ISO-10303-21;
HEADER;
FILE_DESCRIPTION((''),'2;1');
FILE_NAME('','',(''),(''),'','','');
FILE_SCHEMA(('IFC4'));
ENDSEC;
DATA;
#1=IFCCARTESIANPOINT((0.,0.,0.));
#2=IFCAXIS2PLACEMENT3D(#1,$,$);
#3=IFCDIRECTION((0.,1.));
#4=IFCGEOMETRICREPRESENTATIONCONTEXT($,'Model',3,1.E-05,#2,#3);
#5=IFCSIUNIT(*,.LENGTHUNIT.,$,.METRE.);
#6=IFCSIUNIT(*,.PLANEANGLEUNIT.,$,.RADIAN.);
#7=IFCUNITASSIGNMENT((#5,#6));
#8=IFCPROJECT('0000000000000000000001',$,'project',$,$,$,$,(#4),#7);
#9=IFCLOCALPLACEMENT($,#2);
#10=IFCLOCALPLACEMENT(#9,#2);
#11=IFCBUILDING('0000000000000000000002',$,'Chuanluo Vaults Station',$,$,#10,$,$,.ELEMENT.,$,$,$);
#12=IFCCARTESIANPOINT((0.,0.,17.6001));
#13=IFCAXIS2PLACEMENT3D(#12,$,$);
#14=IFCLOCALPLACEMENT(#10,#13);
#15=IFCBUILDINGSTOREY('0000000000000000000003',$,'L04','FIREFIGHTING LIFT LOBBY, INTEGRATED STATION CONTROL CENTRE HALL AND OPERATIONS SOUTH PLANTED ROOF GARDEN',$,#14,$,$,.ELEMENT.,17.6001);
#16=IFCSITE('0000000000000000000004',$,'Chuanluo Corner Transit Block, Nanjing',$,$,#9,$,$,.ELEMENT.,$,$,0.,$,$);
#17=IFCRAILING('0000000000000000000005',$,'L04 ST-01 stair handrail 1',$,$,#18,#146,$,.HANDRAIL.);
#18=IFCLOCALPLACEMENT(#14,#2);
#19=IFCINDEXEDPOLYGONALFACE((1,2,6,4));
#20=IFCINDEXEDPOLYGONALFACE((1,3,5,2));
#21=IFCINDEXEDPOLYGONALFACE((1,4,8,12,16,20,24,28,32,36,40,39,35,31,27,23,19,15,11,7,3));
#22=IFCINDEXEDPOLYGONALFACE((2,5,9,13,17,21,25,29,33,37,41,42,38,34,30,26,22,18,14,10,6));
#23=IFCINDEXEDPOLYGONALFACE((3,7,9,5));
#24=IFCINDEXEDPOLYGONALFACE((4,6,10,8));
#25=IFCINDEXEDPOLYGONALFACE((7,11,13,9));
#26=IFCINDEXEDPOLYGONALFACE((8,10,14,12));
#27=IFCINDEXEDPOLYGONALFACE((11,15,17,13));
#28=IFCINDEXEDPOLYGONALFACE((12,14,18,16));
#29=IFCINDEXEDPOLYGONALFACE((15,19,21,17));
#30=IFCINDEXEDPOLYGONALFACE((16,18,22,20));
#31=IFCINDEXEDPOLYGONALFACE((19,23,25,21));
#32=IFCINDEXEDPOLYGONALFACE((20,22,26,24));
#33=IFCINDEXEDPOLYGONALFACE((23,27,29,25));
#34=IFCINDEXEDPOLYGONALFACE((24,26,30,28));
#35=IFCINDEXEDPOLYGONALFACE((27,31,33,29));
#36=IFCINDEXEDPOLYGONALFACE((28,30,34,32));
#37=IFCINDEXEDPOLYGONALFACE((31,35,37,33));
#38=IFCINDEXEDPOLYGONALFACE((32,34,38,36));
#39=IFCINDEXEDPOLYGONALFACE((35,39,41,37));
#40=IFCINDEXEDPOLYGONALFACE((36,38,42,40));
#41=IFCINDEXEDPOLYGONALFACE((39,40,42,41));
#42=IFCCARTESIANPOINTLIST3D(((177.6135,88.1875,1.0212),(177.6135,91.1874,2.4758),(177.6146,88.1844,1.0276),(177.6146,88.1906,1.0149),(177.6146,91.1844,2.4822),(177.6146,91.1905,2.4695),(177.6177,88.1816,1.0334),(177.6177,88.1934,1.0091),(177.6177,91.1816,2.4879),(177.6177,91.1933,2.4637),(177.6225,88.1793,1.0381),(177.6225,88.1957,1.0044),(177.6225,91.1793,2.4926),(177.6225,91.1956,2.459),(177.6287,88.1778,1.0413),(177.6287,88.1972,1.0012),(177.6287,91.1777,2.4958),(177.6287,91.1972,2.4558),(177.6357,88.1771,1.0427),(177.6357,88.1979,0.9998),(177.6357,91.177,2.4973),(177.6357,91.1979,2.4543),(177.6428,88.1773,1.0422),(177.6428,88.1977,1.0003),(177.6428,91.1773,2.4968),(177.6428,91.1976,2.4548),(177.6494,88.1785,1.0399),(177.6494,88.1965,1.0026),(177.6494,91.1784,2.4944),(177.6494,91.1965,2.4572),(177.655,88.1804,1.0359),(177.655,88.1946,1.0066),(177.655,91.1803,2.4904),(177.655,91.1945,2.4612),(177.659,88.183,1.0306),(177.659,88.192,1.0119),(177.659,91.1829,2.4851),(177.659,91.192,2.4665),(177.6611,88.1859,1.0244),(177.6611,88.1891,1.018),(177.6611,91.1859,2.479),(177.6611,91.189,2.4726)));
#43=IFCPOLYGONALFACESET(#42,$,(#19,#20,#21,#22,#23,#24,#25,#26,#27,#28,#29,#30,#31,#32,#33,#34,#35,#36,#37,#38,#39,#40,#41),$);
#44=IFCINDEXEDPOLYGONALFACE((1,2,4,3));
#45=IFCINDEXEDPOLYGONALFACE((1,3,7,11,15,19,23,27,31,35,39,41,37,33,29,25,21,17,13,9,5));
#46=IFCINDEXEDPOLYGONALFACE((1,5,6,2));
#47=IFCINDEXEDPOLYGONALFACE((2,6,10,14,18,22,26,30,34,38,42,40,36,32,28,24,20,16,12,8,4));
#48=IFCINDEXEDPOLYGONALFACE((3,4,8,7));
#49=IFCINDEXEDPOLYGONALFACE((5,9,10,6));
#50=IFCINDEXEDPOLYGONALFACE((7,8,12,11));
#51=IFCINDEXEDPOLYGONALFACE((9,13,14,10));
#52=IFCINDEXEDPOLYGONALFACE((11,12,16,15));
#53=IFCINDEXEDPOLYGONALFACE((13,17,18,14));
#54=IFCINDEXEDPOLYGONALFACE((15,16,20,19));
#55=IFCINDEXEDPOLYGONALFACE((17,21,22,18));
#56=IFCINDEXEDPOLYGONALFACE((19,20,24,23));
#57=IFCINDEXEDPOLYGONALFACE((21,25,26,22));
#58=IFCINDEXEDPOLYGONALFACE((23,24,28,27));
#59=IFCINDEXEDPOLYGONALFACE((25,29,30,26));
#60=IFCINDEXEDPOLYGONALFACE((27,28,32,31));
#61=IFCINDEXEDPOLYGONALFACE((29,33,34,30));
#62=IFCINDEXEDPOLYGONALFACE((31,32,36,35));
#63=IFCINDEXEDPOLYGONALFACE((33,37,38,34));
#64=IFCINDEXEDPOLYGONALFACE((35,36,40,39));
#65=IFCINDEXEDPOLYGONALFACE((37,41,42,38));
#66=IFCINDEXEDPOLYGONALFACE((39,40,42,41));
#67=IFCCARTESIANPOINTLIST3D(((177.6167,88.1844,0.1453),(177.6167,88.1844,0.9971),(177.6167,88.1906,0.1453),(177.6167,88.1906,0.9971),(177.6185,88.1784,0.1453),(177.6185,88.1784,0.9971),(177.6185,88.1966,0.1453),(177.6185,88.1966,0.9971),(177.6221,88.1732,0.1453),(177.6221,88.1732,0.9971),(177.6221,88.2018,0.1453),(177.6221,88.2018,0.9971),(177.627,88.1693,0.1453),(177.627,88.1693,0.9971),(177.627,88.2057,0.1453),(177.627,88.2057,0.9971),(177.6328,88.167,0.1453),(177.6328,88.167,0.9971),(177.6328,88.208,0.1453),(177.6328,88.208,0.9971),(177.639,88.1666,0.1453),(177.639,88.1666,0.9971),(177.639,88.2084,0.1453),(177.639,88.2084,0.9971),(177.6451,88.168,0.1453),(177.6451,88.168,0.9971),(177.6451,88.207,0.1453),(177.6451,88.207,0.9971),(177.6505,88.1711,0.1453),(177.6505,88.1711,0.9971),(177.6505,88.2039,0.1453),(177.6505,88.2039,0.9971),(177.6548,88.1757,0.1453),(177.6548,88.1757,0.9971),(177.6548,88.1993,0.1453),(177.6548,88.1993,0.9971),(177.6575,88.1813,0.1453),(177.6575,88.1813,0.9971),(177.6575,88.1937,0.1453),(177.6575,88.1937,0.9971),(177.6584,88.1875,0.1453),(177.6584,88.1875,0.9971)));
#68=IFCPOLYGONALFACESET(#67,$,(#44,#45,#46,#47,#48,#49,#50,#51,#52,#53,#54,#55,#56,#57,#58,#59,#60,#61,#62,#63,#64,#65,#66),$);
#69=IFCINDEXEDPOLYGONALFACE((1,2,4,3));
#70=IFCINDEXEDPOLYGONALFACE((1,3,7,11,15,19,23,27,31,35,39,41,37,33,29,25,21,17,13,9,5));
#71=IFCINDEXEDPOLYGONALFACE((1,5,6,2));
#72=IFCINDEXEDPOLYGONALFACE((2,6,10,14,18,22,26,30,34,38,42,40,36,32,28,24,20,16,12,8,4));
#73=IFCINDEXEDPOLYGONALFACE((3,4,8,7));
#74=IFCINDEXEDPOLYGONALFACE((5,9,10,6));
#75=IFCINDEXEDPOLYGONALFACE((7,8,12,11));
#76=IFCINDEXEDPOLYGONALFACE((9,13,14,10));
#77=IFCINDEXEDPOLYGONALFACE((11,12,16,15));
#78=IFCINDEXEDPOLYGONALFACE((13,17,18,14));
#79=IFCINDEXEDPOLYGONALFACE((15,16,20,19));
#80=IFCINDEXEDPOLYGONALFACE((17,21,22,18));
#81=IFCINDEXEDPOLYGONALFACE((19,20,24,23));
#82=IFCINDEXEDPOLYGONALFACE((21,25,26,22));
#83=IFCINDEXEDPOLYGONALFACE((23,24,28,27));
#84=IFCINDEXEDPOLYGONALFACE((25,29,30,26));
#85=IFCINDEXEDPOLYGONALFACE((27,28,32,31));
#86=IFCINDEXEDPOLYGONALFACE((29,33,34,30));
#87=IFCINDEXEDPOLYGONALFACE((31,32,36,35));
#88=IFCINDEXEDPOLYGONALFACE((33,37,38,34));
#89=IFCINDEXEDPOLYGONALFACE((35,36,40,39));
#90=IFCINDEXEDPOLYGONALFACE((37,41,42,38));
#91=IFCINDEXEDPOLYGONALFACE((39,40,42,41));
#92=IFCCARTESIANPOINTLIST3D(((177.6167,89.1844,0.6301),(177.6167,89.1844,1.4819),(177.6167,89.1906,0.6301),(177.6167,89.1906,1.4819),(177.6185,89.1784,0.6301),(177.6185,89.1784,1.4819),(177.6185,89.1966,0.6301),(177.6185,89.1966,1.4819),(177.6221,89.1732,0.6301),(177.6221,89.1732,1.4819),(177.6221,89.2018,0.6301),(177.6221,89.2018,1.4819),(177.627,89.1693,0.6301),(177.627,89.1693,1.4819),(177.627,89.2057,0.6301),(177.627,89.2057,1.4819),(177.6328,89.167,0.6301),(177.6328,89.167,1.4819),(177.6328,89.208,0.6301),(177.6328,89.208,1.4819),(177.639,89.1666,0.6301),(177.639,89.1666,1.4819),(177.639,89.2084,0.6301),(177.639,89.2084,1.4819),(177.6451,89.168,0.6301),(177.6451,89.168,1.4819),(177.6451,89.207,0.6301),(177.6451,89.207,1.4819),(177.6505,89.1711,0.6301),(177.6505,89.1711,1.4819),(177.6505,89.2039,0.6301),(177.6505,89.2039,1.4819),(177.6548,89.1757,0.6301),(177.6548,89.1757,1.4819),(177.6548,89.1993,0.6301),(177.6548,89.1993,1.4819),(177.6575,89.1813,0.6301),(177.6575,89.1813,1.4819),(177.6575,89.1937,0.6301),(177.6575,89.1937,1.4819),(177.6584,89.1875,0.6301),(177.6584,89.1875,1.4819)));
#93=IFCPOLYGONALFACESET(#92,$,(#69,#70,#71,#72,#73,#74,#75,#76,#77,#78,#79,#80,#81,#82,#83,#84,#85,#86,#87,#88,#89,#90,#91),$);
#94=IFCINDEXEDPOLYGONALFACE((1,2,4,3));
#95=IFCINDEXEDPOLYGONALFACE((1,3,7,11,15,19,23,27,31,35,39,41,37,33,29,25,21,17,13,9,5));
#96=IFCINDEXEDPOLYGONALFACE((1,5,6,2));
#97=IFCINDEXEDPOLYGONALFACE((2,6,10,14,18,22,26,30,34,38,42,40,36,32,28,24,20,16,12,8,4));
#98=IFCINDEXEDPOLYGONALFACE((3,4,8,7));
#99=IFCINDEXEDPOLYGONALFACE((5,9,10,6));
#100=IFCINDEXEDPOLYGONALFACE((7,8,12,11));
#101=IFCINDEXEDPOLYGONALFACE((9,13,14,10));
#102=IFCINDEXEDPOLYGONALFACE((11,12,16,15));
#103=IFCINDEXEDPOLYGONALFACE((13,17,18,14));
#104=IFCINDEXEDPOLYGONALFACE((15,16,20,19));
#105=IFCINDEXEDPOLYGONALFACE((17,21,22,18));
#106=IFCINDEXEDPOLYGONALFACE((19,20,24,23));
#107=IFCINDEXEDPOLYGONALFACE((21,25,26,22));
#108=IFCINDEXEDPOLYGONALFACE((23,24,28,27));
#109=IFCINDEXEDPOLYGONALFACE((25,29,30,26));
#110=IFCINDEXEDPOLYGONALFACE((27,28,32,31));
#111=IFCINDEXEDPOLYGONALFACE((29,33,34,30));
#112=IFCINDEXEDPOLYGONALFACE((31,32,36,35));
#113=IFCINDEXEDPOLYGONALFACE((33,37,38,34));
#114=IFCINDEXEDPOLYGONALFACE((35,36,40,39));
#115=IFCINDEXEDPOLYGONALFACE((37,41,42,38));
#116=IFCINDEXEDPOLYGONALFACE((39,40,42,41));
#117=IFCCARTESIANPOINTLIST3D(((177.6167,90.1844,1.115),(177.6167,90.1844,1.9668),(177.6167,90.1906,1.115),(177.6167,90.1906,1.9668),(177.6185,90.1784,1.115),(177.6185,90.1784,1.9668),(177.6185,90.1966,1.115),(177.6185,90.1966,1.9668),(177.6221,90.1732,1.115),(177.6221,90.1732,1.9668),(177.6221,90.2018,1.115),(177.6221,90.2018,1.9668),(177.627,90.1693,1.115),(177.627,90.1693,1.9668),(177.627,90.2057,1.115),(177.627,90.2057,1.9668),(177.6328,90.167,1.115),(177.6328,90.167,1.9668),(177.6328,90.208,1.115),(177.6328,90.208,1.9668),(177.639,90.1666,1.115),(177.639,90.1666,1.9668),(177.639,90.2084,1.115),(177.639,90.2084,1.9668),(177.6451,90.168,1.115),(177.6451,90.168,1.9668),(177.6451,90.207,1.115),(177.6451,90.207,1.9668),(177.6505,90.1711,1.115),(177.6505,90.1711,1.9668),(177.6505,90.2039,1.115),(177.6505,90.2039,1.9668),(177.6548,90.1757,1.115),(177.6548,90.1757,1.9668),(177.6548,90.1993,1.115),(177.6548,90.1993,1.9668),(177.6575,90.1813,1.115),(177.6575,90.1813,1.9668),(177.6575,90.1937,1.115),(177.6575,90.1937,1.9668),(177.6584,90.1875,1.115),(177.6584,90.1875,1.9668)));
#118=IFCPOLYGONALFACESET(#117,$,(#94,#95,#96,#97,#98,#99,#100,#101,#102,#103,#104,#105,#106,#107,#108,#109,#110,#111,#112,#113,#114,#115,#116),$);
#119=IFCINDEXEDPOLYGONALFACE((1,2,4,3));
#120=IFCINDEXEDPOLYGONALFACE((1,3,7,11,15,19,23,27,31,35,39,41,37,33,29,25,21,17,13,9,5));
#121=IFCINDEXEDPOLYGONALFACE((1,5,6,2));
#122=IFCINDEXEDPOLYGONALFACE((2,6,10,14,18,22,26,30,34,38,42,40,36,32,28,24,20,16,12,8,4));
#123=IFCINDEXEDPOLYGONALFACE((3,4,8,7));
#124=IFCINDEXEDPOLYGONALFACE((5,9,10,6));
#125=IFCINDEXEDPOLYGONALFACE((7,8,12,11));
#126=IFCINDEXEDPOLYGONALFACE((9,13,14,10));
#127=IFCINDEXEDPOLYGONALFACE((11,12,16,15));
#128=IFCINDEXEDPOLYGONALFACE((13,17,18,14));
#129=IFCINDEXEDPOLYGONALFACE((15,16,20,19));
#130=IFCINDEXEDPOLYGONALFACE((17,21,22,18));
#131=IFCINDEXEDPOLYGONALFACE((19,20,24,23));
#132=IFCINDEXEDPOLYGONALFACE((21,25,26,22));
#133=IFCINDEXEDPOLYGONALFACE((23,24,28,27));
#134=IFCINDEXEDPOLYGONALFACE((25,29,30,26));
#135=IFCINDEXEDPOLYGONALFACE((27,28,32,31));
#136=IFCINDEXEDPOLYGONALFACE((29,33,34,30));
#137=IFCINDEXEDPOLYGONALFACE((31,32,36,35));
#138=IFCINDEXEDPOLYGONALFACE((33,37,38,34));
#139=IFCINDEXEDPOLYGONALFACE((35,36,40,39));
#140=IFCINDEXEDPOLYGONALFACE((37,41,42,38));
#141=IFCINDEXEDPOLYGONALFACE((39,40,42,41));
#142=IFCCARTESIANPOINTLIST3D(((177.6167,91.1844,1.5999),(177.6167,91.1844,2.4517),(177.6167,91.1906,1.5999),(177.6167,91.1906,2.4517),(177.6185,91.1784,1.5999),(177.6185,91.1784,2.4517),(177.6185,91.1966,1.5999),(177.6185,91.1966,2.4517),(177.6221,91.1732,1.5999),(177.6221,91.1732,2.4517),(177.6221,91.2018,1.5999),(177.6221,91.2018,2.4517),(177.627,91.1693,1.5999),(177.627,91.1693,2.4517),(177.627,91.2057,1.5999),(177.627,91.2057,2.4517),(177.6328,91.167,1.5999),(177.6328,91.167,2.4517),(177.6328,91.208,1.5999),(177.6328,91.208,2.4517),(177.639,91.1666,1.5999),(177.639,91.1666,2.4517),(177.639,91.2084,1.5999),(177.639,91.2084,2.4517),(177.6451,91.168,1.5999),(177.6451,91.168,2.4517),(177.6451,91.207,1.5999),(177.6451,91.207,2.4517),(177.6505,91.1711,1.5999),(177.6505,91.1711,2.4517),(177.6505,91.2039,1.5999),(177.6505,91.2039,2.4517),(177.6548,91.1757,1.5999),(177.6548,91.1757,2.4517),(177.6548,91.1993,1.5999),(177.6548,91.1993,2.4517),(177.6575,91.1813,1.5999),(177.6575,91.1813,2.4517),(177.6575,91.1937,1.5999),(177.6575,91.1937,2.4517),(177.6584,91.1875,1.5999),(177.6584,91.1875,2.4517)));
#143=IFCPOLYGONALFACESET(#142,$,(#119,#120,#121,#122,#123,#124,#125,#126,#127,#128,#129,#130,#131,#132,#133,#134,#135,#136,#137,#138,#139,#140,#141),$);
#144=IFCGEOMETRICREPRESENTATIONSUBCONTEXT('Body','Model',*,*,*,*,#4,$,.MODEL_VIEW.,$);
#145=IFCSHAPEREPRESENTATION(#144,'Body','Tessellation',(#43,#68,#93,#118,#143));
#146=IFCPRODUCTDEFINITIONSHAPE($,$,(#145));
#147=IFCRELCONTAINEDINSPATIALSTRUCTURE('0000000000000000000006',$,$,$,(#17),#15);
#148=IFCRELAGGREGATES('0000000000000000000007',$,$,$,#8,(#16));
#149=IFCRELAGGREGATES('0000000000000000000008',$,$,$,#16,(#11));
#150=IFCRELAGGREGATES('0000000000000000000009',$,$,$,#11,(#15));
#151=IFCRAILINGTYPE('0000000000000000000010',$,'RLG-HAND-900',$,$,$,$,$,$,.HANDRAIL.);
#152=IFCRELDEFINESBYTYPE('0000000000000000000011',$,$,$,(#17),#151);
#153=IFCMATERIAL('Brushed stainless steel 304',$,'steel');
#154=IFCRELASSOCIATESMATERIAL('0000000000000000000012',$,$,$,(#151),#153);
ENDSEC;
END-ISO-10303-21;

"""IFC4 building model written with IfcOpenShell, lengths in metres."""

from ifc_helpers import new_model, si_unit, direction, frame, origin, origin_2d, place, context, subcontext, project, spatial, circle, extrude, material, type_object, element, save


model = new_model("IFC4")

# Units and contexts
model_context = context("Model", 3, precision=1e-05, world=origin(), true_north=direction((0.0, 1.0)))
body_context = subcontext(model_context, "Body", "Model", "MODEL_VIEW")
ifc_project = project(units=[si_unit("LENGTHUNIT", "METRE"), si_unit("PLANEANGLEUNIT", "RADIAN")], contexts=[model_context])

# Site, building, storey
site_placement = place(None, origin())
site = spatial("IfcSite", under=ifc_project, at=site_placement, Name="Chuanluo Corner Transit Block, Nanjing", CompositionType="ELEMENT", RefElevation=0.0)
building_placement = place(site_placement, origin())
building = spatial("IfcBuilding", under=site, at=building_placement, Name="Chuanluo Vaults Station", CompositionType="ELEMENT")
storey_placement = place(building_placement, frame((0.0, 0.0, 17.6001)))
storey = spatial("IfcBuildingStorey", under=building, at=storey_placement, Name="L04", Description="FIREFIGHTING LIFT LOBBY, INTEGRATED STATION CONTROL CENTRE HALL AND OPERATIONS SOUTH PLANTED ROOF GARDEN", CompositionType="ELEMENT", Elevation=17.6001)

# Railing
ifc_material_1 = material(Name="Brushed stainless steel 304", Category="steel")
railing_type_1 = type_object("IfcRailingType", Name="RLG-HAND-900", PredefinedType="HANDRAIL", material=ifc_material_1)
railing_1_placement = place(storey_placement, frame((177.6375, 88.1875, 0.1453)))
element("IfcRailing", 1, at=railing_1_placement, inside=storey, type_object=railing_type_1, Name="L04 ST-01 stair handrail 1", PredefinedType="HANDRAIL", context=body_context, shape_type="SweptSolid", body=[
    extrude(circle(Radius=0.0239, at=origin_2d()), frame((0.0, 0.0, 0.876), z_axis=(0.0, 0.899809, 0.436284), x_axis=(-1.0, 0.0, 0.0)), (0.0, 0.0, 1.0), 3.334),
    extrude(circle(Radius=0.021, at=origin_2d()), origin(), (0.0, 0.0, 1.0), 0.8518),
    extrude(circle(Radius=0.021, at=origin_2d()), frame((0.0, 1.0, 0.4849)), (0.0, 0.0, 1.0), 0.8518),
    extrude(circle(Radius=0.021, at=origin_2d()), frame((0.0, 2.0, 0.9697)), (0.0, 0.0, 1.0), 0.8518),
    extrude(circle(Radius=0.021, at=origin_2d()), frame((0.0, 3.0, 1.4546)), (0.0, 0.0, 1.0), 0.8518),
])

save(model, "model.ifc")
